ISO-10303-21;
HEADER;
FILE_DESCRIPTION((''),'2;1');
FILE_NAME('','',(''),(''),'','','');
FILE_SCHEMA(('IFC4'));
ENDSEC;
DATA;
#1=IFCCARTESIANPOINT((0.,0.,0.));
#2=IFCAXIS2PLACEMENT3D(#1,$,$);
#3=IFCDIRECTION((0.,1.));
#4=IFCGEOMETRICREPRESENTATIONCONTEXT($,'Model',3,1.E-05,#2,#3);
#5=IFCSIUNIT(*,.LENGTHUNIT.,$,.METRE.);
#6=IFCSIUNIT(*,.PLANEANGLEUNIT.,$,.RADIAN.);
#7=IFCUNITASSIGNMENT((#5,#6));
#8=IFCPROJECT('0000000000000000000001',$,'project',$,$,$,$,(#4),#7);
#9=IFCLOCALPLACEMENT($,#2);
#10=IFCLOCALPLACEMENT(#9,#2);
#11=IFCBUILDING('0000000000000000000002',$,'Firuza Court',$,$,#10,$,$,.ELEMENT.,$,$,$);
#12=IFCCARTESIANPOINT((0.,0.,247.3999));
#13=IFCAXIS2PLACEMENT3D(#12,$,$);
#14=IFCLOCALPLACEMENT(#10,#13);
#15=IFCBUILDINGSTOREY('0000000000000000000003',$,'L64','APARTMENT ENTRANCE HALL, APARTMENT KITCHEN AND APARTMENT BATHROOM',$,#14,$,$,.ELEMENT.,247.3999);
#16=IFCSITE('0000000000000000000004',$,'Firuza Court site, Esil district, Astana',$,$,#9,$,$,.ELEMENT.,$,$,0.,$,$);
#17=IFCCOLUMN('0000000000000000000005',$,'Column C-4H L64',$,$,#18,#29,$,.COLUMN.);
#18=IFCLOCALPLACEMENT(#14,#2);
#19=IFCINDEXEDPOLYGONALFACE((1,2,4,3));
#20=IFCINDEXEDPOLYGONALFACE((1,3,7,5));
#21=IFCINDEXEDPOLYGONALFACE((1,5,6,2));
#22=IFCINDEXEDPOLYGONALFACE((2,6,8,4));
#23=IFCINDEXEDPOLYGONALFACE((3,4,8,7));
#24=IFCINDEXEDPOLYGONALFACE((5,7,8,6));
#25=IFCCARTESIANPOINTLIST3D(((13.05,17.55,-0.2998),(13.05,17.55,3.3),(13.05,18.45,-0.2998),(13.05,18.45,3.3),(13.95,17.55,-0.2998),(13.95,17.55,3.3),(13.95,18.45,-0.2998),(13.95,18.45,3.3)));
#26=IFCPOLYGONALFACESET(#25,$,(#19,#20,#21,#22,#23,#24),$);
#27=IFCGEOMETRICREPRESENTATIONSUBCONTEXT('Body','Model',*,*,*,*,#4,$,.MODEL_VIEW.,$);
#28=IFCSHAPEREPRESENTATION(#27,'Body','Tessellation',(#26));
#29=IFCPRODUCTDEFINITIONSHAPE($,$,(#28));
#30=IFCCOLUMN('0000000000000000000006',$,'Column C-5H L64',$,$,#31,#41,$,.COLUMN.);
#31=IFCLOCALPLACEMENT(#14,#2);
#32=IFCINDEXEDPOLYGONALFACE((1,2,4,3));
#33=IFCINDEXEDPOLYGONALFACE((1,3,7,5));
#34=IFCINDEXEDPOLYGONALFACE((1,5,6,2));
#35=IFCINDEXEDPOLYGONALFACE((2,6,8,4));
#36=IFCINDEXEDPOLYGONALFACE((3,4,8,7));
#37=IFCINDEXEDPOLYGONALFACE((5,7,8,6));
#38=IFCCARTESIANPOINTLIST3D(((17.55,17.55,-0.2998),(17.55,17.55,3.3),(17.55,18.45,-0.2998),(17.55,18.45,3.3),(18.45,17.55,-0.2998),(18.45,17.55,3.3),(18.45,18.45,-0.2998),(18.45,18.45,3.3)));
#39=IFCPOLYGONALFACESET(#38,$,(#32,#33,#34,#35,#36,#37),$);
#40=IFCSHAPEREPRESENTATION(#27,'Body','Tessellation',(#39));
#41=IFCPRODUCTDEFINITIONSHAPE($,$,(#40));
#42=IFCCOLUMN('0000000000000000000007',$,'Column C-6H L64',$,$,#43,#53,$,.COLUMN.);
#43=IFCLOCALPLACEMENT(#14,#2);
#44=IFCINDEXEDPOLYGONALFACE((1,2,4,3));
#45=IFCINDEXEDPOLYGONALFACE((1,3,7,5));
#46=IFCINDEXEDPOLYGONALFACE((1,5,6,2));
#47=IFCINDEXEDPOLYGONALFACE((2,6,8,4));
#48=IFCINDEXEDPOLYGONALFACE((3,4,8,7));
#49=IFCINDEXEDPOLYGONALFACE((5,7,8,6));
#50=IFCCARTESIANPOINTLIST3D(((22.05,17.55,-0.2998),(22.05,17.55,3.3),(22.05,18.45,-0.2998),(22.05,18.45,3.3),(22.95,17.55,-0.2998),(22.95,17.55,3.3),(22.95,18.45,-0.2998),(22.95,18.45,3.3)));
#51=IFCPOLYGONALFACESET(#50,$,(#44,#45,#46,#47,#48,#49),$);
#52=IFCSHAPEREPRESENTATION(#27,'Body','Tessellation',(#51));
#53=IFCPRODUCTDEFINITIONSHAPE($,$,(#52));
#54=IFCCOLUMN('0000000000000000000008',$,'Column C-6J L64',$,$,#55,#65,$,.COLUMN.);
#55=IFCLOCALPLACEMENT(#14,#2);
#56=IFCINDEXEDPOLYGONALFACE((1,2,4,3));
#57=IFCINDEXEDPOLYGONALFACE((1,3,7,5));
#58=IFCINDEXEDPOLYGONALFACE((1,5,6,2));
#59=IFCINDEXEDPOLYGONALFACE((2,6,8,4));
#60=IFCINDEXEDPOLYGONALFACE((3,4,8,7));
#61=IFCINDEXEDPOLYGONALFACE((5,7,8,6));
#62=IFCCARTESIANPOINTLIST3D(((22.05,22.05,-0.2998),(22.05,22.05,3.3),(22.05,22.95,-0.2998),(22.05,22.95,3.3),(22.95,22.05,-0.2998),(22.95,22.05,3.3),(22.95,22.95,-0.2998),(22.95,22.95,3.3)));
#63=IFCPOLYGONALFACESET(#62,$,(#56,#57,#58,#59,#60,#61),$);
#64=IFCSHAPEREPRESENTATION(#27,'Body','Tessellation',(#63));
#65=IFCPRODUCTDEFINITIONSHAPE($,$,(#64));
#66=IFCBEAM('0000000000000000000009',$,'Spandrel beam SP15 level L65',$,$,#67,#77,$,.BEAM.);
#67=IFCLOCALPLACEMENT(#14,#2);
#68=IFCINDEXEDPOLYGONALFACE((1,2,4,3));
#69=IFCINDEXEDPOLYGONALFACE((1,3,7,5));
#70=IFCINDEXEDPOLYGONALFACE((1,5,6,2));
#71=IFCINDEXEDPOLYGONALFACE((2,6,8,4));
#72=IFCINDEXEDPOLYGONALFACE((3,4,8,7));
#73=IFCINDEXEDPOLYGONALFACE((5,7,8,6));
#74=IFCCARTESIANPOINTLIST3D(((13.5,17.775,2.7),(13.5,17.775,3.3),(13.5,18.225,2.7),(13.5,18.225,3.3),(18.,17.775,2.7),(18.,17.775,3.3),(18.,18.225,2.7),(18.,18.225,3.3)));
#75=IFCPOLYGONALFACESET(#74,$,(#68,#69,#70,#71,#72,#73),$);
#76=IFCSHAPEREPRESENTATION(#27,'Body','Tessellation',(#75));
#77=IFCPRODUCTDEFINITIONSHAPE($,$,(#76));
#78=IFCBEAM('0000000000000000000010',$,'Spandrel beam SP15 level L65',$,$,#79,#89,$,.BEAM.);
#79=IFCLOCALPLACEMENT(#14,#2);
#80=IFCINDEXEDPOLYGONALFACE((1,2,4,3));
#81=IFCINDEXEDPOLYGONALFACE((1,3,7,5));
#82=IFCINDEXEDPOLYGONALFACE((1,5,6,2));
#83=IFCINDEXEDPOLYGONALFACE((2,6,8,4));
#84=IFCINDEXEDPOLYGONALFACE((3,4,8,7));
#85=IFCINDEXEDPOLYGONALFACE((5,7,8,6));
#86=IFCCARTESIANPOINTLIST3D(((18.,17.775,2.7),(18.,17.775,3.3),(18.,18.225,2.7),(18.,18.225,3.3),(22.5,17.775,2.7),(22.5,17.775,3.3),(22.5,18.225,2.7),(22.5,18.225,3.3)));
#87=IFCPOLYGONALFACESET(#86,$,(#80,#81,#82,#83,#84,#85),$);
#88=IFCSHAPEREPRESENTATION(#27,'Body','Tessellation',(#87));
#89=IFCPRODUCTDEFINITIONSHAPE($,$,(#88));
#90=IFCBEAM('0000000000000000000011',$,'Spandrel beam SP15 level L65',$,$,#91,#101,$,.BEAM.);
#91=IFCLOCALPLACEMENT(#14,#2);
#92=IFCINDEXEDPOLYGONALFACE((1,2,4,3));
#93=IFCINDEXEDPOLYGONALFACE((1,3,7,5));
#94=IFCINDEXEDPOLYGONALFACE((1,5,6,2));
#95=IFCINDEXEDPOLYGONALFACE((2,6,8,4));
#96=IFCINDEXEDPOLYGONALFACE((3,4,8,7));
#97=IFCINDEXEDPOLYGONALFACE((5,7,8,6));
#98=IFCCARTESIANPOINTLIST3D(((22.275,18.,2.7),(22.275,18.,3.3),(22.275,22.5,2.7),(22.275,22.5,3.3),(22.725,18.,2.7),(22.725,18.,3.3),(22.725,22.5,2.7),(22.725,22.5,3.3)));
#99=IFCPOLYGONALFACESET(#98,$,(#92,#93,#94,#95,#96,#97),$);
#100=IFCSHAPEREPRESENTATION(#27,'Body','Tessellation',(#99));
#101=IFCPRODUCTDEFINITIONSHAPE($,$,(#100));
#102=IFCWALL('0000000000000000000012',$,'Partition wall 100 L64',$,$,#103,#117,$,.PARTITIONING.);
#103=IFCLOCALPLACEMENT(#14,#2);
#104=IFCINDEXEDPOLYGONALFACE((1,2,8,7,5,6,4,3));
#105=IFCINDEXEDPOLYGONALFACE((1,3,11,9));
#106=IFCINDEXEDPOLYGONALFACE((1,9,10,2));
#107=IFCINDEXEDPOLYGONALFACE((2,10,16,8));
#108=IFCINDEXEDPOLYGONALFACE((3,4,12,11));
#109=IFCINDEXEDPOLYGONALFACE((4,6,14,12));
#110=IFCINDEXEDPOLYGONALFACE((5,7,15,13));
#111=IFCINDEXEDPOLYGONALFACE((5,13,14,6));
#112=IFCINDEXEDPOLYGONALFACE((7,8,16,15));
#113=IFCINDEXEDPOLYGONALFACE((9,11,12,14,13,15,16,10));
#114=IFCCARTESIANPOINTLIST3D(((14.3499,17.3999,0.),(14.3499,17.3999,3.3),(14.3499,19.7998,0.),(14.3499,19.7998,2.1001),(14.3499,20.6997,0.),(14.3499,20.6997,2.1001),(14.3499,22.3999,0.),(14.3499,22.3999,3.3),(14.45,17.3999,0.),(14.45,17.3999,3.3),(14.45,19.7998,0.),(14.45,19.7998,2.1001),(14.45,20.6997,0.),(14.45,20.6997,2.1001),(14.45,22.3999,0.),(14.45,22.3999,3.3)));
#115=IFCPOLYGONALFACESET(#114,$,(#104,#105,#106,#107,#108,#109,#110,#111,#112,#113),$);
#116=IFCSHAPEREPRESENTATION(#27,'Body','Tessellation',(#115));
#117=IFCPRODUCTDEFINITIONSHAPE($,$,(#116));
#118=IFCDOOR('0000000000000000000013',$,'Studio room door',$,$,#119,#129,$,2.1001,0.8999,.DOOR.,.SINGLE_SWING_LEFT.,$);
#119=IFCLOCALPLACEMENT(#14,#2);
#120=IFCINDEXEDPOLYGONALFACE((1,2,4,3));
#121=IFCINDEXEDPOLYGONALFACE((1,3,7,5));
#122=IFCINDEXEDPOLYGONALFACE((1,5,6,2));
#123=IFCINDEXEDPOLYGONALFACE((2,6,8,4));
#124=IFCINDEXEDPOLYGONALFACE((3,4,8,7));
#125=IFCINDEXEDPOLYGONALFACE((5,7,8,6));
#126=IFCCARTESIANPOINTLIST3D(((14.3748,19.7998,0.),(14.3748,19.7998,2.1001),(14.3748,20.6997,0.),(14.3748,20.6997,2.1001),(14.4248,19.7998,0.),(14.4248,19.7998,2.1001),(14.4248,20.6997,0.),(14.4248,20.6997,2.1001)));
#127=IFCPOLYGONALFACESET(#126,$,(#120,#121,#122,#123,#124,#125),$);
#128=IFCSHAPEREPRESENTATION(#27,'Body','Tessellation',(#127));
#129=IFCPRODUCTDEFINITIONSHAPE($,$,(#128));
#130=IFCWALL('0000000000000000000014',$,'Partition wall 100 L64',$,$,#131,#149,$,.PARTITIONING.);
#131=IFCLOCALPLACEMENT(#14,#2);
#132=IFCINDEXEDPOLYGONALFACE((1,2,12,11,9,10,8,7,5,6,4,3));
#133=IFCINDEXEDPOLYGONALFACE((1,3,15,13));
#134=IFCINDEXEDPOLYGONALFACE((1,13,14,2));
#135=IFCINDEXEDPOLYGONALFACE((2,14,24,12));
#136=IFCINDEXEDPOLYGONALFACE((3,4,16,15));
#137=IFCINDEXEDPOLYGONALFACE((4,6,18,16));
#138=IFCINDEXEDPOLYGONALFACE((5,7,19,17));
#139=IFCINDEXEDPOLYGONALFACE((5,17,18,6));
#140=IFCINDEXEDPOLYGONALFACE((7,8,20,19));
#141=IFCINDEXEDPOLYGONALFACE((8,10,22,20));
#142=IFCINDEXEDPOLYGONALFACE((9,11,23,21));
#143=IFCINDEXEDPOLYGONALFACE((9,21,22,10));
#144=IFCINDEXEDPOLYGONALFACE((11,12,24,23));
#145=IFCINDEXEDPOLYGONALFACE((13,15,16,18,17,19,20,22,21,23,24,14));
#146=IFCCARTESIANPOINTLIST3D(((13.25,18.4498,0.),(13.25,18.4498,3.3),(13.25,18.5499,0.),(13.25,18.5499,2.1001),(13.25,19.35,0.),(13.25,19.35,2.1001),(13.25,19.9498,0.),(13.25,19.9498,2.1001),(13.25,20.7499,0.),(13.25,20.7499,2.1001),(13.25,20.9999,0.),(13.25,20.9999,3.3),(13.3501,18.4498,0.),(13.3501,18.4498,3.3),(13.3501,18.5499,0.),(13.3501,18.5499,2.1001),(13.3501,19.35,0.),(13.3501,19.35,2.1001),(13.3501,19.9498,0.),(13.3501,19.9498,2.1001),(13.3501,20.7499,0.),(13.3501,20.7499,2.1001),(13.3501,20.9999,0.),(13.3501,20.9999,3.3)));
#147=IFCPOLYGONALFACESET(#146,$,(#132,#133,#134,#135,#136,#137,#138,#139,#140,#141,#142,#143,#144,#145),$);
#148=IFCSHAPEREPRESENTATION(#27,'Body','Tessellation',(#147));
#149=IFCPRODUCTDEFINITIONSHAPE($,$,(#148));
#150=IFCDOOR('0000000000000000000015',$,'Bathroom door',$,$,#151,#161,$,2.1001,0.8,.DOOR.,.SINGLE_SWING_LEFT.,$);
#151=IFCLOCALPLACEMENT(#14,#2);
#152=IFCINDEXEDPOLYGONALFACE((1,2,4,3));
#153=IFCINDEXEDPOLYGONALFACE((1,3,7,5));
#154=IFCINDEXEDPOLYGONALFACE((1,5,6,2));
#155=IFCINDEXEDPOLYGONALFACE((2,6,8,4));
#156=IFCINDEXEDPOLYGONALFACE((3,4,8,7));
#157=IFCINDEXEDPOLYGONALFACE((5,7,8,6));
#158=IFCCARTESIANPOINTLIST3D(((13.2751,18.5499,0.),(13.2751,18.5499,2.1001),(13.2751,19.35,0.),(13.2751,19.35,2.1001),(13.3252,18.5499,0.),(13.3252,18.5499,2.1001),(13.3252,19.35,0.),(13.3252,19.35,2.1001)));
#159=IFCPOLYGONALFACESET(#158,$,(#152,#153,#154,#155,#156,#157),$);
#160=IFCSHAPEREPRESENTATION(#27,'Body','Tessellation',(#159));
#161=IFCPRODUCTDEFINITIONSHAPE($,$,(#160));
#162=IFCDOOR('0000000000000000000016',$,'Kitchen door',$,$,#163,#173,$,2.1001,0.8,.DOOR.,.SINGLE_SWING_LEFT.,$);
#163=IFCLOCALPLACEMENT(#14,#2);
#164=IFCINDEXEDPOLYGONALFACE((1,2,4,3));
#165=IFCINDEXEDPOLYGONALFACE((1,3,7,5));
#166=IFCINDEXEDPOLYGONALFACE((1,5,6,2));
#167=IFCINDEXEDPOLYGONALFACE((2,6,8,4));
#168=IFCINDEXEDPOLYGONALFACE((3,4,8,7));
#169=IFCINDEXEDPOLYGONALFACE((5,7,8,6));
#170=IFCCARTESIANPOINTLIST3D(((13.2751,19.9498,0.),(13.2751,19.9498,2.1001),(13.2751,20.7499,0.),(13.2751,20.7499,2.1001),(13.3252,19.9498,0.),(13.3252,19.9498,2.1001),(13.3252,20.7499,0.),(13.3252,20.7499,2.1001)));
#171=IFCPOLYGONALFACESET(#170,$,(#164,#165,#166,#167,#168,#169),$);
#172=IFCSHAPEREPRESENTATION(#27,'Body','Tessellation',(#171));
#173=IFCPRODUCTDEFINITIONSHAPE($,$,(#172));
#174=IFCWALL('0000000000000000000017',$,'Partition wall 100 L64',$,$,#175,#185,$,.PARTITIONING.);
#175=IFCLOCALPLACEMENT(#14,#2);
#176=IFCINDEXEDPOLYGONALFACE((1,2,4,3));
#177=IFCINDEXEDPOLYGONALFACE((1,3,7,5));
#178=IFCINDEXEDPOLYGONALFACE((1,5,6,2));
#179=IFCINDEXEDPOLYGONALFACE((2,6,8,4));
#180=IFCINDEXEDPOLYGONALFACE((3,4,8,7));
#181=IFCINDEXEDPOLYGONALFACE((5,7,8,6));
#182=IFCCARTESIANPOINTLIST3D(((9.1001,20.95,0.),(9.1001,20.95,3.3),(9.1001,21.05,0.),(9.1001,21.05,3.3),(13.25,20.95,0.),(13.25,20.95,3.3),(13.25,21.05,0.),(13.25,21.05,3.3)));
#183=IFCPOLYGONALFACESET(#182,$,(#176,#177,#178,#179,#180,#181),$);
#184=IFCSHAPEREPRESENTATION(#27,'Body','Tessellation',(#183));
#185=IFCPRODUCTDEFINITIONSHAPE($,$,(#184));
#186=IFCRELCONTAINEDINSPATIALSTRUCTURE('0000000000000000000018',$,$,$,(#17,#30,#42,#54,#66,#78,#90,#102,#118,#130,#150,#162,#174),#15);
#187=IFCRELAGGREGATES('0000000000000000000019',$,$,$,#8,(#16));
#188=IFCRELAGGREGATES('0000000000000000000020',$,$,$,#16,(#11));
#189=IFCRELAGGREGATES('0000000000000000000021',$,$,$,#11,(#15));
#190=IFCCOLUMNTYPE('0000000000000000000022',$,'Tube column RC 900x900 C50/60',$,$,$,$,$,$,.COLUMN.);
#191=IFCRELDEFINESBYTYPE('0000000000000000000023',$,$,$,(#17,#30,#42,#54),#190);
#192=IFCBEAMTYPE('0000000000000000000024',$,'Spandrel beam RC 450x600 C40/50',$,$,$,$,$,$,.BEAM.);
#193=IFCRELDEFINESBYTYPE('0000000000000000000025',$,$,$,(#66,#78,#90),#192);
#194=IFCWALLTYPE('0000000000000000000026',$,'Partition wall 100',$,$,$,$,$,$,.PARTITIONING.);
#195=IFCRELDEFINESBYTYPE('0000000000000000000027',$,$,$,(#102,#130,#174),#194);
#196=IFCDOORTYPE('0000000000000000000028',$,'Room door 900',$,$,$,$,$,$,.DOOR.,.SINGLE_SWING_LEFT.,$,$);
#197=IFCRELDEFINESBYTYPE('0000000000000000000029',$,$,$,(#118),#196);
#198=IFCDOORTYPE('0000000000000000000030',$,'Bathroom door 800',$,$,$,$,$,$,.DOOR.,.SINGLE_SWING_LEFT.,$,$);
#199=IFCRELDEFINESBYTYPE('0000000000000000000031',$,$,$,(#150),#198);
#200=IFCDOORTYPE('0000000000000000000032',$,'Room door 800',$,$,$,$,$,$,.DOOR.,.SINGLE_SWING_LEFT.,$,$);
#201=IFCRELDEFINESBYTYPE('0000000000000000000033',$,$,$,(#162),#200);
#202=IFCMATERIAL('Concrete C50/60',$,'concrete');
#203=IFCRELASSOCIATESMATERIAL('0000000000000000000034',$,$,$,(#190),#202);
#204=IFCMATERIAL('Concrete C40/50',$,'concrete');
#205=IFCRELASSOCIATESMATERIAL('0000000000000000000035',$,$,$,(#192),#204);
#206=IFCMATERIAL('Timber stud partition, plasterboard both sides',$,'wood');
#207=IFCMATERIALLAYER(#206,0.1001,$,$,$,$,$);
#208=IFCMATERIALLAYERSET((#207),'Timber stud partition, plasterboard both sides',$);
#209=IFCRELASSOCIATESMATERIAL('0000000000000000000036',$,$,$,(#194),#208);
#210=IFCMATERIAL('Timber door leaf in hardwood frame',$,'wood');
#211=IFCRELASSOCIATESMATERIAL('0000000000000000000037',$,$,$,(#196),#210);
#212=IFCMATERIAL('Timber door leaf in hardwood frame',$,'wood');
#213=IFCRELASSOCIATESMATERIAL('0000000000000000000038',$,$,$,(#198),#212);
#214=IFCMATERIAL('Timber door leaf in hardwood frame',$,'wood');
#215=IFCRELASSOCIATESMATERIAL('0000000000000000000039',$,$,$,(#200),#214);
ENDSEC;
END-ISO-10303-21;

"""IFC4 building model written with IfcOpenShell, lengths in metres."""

from ifc_helpers import new_model, si_unit, direction, frame, frame_2d, origin, origin_2d, place, context, subcontext, project, spatial, rectangle, extrude, material, layer, layer_set, material_profile, profile_set, type_object, element, fill, save


model = new_model("IFC4")

# Units and contexts
model_context = context("Model", 3, precision=1e-05, world=origin(), true_north=direction((0.0, 1.0)))
body_context = subcontext(model_context, "Body", "Model", "MODEL_VIEW")
ifc_project = project(units=[si_unit("LENGTHUNIT", "METRE"), si_unit("PLANEANGLEUNIT", "RADIAN")], contexts=[model_context])

# Site, building, storey
site_placement = place(None, origin())
site = spatial("IfcSite", under=ifc_project, at=site_placement, Name="Firuza Court site, Esil district, Astana", CompositionType="ELEMENT", RefElevation=0.0)
building_placement = place(site_placement, origin())
building = spatial("IfcBuilding", under=site, at=building_placement, Name="Firuza Court", CompositionType="ELEMENT")
storey_placement = place(building_placement, frame((0.0, 0.0, 247.3999)))
storey = spatial("IfcBuildingStorey", under=building, at=storey_placement, Name="L64", Description="APARTMENT ENTRANCE HALL, APARTMENT KITCHEN AND APARTMENT BATHROOM", CompositionType="ELEMENT", Elevation=247.3999)

# Columns
ifc_material_1 = material(Name="Concrete C50/60", Category="concrete")
ifc_material_profile_1 = material_profile(ifc_material_1, rectangle(XDim=0.8999, YDim=0.8999, at=origin_2d()), Name="RC 900x900")
ifc_profile_set_1 = profile_set([ifc_material_profile_1], Name="Concrete C50/60")
column_type = type_object("IfcColumnType", Name="Tube column RC 900x900 C50/60", PredefinedType="COLUMN", material=ifc_profile_set_1)
for number, where, z_axis, x_axis, name in (
    (1, (13.5, 18.0, -0.2998), (0.0, 0.0, 1.0), (1.0, 0.0, 0.0), "Column C-4H L64"),
    (2, (18.0, 18.0, -0.2998), (0.0, 0.0, 1.0), (1.0, 0.0, 0.0), "Column C-5H L64"),
    (3, (22.5, 18.0, -0.2998), (0.0, 0.0, 1.0), (1.0, 0.0, 0.0), "Column C-6H L64"),
    (4, (22.5, 22.5, -0.2998), (0.0, 0.0, 1.0), (1.0, 0.0, 0.0), "Column C-6J L64"),
):
    element("IfcColumn", number, at=place(storey_placement, frame(where, z_axis=z_axis, x_axis=x_axis)), inside=storey, type_object=column_type, Name=name, PredefinedType="COLUMN", context=body_context, shape_type="SweptSolid", body=[
        extrude(rectangle(XDim=0.8999, YDim=0.8999, at=origin_2d()), origin(), (0.0, 0.0, 1.0), 3.5999),
    ])

# Beams
ifc_material_2 = material(Name="Concrete C40/50", Category="concrete")
ifc_material_profile_2 = material_profile(ifc_material_2, rectangle(XDim=0.45, YDim=0.6001, at=origin_2d()), Name="RC 450x600")
ifc_profile_set_2 = profile_set([ifc_material_profile_2], Name="Concrete C40/50")
beam_type = type_object("IfcBeamType", Name="Spandrel beam RC 450x600 C40/50", PredefinedType="BEAM", material=ifc_profile_set_2)
for number, where, z_axis, x_axis, name in (
    (5, (13.5, 18.0, 3.0), (1.0, 0.0, 0.0), (0.0, 1.0, 0.0), "Spandrel beam SP15 level L65"),
    (6, (18.0, 18.0, 3.0), (1.0, 0.0, 0.0), (0.0, 1.0, 0.0), "Spandrel beam SP15 level L65"),
    (7, (22.5, 18.0, 3.0), (0.0, 1.0, 0.0), (-1.0, 0.0, 0.0), "Spandrel beam SP15 level L65"),
):
    element("IfcBeam", number, at=place(storey_placement, frame(where, z_axis=z_axis, x_axis=x_axis)), inside=storey, type_object=beam_type, Name=name, PredefinedType="BEAM", context=body_context, shape_type="SweptSolid", body=[
        extrude(rectangle(XDim=0.45, YDim=0.6001, at=origin_2d()), origin(), (0.0, 0.0, 1.0), 4.5),
    ])

# Wall, opening, door
ifc_material_3 = material(Name="Timber stud partition, plasterboard both sides", Category="wood")
ifc_layer_1 = layer(ifc_material_3, 0.1001)
ifc_layer_set_1 = layer_set([ifc_layer_1], Name="Timber stud partition, plasterboard both sides")
wall_type_1 = type_object("IfcWallType", Name="Partition wall 100", PredefinedType="PARTITIONING", material=ifc_layer_set_1)
wall_1_placement = place(storey_placement, frame((14.3999, 17.3999, 0.0), z_axis=(0.0, 0.0, 1.0), x_axis=(0.0, 1.0, 0.0)))
wall_1 = element("IfcWall", 8, at=wall_1_placement, inside=storey, type_object=wall_type_1, Name="Partition wall 100 L64", PredefinedType="PARTITIONING", context=body_context, shape_type="SweptSolid", body=[
    extrude(rectangle(XDim=5.0, YDim=0.1001, at=frame_2d((2.5, 0.0))), origin(), (0.0, 0.0, 1.0), 3.3),
])
opening_1_placement = place(wall_1_placement, frame((2.3999, 0.0, 0.0)))
opening_1 = element("IfcOpeningElement", 9, at=opening_1_placement, cuts=wall_1, PredefinedType="OPENING", context=body_context, shape_type="SweptSolid", body=[
    extrude(rectangle(XDim=0.8999, YDim=2.1001, at=frame_2d((0.45, 1.05))), frame((0.0, 0.062, 0.0), z_axis=(0.0, -1.0, 0.0), x_axis=(1.0, 0.0, 0.0)), (0.0, 0.0, 1.0), 0.124),
])
ifc_material_4 = material(Name="Timber door leaf in hardwood frame", Category="wood")
door_type_1 = type_object("IfcDoorType", Name="Room door 900", OperationType="SINGLE_SWING_LEFT", PredefinedType="DOOR", material=ifc_material_4)
door_1_placement = place(opening_1_placement, frame((0.8999, 0.0, 0.0), z_axis=(0.0, 0.0, 1.0), x_axis=(-1.0, 0.0, 0.0)))
door_1 = element("IfcDoor", 10, at=door_1_placement, inside=storey, type_object=door_type_1, Name="Studio room door", OperationType="SINGLE_SWING_LEFT", OverallHeight=2.1001, OverallWidth=0.8999, PredefinedType="DOOR", context=body_context, shape_type="SweptSolid", body=[
    extrude(rectangle(XDim=0.8999, YDim=2.1001, at=frame_2d((0.45, 1.05))), frame((0.0, 0.0249, 0.0), z_axis=(0.0, -1.0, 0.0), x_axis=(1.0, 0.0, 0.0)), (0.0, 0.0, 1.0), 0.05),
])
fill(opening_1, door_1)

# Wall, openings, doors
wall_2_placement = place(storey_placement, frame((13.3, 18.45, 0.0), z_axis=(0.0, 0.0, 1.0), x_axis=(0.0, 1.0, 0.0)))
wall_2 = element("IfcWall", 11, at=wall_2_placement, inside=storey, type_object=wall_type_1, Name="Partition wall 100 L64", PredefinedType="PARTITIONING", context=body_context, shape_type="SweptSolid", body=[
    extrude(rectangle(XDim=2.55, YDim=0.1001, at=frame_2d((1.2749, 0.0))), origin(), (0.0, 0.0, 1.0), 3.3),
])
opening_2_placement = place(wall_2_placement, frame((0.1001, 0.0, 0.0)))
opening_2 = element("IfcOpeningElement", 12, at=opening_2_placement, cuts=wall_2, PredefinedType="OPENING", context=body_context, shape_type="SweptSolid", body=[
    extrude(rectangle(XDim=0.8, YDim=2.1001, at=frame_2d((0.3999, 1.05))), frame((0.0, 0.062, 0.0), z_axis=(0.0, -1.0, 0.0), x_axis=(1.0, 0.0, 0.0)), (0.0, 0.0, 1.0), 0.124),
])
opening_3_placement = place(wall_2_placement, frame((1.5, 0.0, 0.0)))
opening_3 = element("IfcOpeningElement", 13, at=opening_3_placement, cuts=wall_2, PredefinedType="OPENING", context=body_context, shape_type="SweptSolid", body=[
    extrude(rectangle(XDim=0.8, YDim=2.1001, at=frame_2d((0.3999, 1.05))), frame((0.0, 0.062, 0.0), z_axis=(0.0, -1.0, 0.0), x_axis=(1.0, 0.0, 0.0)), (0.0, 0.0, 1.0), 0.124),
])
ifc_material_5 = material(Name="Timber door leaf in hardwood frame", Category="wood")
door_type_2 = type_object("IfcDoorType", Name="Bathroom door 800", OperationType="SINGLE_SWING_LEFT", PredefinedType="DOOR", material=ifc_material_5)
door_2_placement = place(opening_2_placement, origin())
door_2 = element("IfcDoor", 14, at=door_2_placement, inside=storey, type_object=door_type_2, Name="Bathroom door", OperationType="SINGLE_SWING_LEFT", OverallHeight=2.1001, OverallWidth=0.8, PredefinedType="DOOR", context=body_context, shape_type="SweptSolid", body=[
    extrude(rectangle(XDim=0.8, YDim=2.1001, at=frame_2d((0.3999, 1.05))), frame((0.0, 0.0249, 0.0), z_axis=(0.0, -1.0, 0.0), x_axis=(1.0, 0.0, 0.0)), (0.0, 0.0, 1.0), 0.05),
])
fill(opening_2, door_2)
ifc_material_6 = material(Name="Timber door leaf in hardwood frame", Category="wood")
door_type_3 = type_object("IfcDoorType", Name="Room door 800", OperationType="SINGLE_SWING_LEFT", PredefinedType="DOOR", material=ifc_material_6)
door_3_placement = place(opening_3_placement, origin())
door_3 = element("IfcDoor", 15, at=door_3_placement, inside=storey, type_object=door_type_3, Name="Kitchen door", OperationType="SINGLE_SWING_LEFT", OverallHeight=2.1001, OverallWidth=0.8, PredefinedType="DOOR", context=body_context, shape_type="SweptSolid", body=[
    extrude(rectangle(XDim=0.8, YDim=2.1001, at=frame_2d((0.3999, 1.05))), frame((0.0, 0.0249, 0.0), z_axis=(0.0, -1.0, 0.0), x_axis=(1.0, 0.0, 0.0)), (0.0, 0.0, 1.0), 0.05),
])
fill(opening_3, door_3)

# Wall
wall_3_placement = place(storey_placement, frame((9.1001, 21.0, 0.0), z_axis=(0.0, 0.0, 1.0), x_axis=(1.0, 0.0, 0.0)))
element("IfcWall", 16, at=wall_3_placement, inside=storey, type_object=wall_type_1, Name="Partition wall 100 L64", PredefinedType="PARTITIONING", context=body_context, shape_type="SweptSolid", body=[
    extrude(rectangle(XDim=4.1499, YDim=0.1001, at=frame_2d((2.075, 0.0))), origin(), (0.0, 0.0, 1.0), 3.3),
])

save(model, "model.ifc")
